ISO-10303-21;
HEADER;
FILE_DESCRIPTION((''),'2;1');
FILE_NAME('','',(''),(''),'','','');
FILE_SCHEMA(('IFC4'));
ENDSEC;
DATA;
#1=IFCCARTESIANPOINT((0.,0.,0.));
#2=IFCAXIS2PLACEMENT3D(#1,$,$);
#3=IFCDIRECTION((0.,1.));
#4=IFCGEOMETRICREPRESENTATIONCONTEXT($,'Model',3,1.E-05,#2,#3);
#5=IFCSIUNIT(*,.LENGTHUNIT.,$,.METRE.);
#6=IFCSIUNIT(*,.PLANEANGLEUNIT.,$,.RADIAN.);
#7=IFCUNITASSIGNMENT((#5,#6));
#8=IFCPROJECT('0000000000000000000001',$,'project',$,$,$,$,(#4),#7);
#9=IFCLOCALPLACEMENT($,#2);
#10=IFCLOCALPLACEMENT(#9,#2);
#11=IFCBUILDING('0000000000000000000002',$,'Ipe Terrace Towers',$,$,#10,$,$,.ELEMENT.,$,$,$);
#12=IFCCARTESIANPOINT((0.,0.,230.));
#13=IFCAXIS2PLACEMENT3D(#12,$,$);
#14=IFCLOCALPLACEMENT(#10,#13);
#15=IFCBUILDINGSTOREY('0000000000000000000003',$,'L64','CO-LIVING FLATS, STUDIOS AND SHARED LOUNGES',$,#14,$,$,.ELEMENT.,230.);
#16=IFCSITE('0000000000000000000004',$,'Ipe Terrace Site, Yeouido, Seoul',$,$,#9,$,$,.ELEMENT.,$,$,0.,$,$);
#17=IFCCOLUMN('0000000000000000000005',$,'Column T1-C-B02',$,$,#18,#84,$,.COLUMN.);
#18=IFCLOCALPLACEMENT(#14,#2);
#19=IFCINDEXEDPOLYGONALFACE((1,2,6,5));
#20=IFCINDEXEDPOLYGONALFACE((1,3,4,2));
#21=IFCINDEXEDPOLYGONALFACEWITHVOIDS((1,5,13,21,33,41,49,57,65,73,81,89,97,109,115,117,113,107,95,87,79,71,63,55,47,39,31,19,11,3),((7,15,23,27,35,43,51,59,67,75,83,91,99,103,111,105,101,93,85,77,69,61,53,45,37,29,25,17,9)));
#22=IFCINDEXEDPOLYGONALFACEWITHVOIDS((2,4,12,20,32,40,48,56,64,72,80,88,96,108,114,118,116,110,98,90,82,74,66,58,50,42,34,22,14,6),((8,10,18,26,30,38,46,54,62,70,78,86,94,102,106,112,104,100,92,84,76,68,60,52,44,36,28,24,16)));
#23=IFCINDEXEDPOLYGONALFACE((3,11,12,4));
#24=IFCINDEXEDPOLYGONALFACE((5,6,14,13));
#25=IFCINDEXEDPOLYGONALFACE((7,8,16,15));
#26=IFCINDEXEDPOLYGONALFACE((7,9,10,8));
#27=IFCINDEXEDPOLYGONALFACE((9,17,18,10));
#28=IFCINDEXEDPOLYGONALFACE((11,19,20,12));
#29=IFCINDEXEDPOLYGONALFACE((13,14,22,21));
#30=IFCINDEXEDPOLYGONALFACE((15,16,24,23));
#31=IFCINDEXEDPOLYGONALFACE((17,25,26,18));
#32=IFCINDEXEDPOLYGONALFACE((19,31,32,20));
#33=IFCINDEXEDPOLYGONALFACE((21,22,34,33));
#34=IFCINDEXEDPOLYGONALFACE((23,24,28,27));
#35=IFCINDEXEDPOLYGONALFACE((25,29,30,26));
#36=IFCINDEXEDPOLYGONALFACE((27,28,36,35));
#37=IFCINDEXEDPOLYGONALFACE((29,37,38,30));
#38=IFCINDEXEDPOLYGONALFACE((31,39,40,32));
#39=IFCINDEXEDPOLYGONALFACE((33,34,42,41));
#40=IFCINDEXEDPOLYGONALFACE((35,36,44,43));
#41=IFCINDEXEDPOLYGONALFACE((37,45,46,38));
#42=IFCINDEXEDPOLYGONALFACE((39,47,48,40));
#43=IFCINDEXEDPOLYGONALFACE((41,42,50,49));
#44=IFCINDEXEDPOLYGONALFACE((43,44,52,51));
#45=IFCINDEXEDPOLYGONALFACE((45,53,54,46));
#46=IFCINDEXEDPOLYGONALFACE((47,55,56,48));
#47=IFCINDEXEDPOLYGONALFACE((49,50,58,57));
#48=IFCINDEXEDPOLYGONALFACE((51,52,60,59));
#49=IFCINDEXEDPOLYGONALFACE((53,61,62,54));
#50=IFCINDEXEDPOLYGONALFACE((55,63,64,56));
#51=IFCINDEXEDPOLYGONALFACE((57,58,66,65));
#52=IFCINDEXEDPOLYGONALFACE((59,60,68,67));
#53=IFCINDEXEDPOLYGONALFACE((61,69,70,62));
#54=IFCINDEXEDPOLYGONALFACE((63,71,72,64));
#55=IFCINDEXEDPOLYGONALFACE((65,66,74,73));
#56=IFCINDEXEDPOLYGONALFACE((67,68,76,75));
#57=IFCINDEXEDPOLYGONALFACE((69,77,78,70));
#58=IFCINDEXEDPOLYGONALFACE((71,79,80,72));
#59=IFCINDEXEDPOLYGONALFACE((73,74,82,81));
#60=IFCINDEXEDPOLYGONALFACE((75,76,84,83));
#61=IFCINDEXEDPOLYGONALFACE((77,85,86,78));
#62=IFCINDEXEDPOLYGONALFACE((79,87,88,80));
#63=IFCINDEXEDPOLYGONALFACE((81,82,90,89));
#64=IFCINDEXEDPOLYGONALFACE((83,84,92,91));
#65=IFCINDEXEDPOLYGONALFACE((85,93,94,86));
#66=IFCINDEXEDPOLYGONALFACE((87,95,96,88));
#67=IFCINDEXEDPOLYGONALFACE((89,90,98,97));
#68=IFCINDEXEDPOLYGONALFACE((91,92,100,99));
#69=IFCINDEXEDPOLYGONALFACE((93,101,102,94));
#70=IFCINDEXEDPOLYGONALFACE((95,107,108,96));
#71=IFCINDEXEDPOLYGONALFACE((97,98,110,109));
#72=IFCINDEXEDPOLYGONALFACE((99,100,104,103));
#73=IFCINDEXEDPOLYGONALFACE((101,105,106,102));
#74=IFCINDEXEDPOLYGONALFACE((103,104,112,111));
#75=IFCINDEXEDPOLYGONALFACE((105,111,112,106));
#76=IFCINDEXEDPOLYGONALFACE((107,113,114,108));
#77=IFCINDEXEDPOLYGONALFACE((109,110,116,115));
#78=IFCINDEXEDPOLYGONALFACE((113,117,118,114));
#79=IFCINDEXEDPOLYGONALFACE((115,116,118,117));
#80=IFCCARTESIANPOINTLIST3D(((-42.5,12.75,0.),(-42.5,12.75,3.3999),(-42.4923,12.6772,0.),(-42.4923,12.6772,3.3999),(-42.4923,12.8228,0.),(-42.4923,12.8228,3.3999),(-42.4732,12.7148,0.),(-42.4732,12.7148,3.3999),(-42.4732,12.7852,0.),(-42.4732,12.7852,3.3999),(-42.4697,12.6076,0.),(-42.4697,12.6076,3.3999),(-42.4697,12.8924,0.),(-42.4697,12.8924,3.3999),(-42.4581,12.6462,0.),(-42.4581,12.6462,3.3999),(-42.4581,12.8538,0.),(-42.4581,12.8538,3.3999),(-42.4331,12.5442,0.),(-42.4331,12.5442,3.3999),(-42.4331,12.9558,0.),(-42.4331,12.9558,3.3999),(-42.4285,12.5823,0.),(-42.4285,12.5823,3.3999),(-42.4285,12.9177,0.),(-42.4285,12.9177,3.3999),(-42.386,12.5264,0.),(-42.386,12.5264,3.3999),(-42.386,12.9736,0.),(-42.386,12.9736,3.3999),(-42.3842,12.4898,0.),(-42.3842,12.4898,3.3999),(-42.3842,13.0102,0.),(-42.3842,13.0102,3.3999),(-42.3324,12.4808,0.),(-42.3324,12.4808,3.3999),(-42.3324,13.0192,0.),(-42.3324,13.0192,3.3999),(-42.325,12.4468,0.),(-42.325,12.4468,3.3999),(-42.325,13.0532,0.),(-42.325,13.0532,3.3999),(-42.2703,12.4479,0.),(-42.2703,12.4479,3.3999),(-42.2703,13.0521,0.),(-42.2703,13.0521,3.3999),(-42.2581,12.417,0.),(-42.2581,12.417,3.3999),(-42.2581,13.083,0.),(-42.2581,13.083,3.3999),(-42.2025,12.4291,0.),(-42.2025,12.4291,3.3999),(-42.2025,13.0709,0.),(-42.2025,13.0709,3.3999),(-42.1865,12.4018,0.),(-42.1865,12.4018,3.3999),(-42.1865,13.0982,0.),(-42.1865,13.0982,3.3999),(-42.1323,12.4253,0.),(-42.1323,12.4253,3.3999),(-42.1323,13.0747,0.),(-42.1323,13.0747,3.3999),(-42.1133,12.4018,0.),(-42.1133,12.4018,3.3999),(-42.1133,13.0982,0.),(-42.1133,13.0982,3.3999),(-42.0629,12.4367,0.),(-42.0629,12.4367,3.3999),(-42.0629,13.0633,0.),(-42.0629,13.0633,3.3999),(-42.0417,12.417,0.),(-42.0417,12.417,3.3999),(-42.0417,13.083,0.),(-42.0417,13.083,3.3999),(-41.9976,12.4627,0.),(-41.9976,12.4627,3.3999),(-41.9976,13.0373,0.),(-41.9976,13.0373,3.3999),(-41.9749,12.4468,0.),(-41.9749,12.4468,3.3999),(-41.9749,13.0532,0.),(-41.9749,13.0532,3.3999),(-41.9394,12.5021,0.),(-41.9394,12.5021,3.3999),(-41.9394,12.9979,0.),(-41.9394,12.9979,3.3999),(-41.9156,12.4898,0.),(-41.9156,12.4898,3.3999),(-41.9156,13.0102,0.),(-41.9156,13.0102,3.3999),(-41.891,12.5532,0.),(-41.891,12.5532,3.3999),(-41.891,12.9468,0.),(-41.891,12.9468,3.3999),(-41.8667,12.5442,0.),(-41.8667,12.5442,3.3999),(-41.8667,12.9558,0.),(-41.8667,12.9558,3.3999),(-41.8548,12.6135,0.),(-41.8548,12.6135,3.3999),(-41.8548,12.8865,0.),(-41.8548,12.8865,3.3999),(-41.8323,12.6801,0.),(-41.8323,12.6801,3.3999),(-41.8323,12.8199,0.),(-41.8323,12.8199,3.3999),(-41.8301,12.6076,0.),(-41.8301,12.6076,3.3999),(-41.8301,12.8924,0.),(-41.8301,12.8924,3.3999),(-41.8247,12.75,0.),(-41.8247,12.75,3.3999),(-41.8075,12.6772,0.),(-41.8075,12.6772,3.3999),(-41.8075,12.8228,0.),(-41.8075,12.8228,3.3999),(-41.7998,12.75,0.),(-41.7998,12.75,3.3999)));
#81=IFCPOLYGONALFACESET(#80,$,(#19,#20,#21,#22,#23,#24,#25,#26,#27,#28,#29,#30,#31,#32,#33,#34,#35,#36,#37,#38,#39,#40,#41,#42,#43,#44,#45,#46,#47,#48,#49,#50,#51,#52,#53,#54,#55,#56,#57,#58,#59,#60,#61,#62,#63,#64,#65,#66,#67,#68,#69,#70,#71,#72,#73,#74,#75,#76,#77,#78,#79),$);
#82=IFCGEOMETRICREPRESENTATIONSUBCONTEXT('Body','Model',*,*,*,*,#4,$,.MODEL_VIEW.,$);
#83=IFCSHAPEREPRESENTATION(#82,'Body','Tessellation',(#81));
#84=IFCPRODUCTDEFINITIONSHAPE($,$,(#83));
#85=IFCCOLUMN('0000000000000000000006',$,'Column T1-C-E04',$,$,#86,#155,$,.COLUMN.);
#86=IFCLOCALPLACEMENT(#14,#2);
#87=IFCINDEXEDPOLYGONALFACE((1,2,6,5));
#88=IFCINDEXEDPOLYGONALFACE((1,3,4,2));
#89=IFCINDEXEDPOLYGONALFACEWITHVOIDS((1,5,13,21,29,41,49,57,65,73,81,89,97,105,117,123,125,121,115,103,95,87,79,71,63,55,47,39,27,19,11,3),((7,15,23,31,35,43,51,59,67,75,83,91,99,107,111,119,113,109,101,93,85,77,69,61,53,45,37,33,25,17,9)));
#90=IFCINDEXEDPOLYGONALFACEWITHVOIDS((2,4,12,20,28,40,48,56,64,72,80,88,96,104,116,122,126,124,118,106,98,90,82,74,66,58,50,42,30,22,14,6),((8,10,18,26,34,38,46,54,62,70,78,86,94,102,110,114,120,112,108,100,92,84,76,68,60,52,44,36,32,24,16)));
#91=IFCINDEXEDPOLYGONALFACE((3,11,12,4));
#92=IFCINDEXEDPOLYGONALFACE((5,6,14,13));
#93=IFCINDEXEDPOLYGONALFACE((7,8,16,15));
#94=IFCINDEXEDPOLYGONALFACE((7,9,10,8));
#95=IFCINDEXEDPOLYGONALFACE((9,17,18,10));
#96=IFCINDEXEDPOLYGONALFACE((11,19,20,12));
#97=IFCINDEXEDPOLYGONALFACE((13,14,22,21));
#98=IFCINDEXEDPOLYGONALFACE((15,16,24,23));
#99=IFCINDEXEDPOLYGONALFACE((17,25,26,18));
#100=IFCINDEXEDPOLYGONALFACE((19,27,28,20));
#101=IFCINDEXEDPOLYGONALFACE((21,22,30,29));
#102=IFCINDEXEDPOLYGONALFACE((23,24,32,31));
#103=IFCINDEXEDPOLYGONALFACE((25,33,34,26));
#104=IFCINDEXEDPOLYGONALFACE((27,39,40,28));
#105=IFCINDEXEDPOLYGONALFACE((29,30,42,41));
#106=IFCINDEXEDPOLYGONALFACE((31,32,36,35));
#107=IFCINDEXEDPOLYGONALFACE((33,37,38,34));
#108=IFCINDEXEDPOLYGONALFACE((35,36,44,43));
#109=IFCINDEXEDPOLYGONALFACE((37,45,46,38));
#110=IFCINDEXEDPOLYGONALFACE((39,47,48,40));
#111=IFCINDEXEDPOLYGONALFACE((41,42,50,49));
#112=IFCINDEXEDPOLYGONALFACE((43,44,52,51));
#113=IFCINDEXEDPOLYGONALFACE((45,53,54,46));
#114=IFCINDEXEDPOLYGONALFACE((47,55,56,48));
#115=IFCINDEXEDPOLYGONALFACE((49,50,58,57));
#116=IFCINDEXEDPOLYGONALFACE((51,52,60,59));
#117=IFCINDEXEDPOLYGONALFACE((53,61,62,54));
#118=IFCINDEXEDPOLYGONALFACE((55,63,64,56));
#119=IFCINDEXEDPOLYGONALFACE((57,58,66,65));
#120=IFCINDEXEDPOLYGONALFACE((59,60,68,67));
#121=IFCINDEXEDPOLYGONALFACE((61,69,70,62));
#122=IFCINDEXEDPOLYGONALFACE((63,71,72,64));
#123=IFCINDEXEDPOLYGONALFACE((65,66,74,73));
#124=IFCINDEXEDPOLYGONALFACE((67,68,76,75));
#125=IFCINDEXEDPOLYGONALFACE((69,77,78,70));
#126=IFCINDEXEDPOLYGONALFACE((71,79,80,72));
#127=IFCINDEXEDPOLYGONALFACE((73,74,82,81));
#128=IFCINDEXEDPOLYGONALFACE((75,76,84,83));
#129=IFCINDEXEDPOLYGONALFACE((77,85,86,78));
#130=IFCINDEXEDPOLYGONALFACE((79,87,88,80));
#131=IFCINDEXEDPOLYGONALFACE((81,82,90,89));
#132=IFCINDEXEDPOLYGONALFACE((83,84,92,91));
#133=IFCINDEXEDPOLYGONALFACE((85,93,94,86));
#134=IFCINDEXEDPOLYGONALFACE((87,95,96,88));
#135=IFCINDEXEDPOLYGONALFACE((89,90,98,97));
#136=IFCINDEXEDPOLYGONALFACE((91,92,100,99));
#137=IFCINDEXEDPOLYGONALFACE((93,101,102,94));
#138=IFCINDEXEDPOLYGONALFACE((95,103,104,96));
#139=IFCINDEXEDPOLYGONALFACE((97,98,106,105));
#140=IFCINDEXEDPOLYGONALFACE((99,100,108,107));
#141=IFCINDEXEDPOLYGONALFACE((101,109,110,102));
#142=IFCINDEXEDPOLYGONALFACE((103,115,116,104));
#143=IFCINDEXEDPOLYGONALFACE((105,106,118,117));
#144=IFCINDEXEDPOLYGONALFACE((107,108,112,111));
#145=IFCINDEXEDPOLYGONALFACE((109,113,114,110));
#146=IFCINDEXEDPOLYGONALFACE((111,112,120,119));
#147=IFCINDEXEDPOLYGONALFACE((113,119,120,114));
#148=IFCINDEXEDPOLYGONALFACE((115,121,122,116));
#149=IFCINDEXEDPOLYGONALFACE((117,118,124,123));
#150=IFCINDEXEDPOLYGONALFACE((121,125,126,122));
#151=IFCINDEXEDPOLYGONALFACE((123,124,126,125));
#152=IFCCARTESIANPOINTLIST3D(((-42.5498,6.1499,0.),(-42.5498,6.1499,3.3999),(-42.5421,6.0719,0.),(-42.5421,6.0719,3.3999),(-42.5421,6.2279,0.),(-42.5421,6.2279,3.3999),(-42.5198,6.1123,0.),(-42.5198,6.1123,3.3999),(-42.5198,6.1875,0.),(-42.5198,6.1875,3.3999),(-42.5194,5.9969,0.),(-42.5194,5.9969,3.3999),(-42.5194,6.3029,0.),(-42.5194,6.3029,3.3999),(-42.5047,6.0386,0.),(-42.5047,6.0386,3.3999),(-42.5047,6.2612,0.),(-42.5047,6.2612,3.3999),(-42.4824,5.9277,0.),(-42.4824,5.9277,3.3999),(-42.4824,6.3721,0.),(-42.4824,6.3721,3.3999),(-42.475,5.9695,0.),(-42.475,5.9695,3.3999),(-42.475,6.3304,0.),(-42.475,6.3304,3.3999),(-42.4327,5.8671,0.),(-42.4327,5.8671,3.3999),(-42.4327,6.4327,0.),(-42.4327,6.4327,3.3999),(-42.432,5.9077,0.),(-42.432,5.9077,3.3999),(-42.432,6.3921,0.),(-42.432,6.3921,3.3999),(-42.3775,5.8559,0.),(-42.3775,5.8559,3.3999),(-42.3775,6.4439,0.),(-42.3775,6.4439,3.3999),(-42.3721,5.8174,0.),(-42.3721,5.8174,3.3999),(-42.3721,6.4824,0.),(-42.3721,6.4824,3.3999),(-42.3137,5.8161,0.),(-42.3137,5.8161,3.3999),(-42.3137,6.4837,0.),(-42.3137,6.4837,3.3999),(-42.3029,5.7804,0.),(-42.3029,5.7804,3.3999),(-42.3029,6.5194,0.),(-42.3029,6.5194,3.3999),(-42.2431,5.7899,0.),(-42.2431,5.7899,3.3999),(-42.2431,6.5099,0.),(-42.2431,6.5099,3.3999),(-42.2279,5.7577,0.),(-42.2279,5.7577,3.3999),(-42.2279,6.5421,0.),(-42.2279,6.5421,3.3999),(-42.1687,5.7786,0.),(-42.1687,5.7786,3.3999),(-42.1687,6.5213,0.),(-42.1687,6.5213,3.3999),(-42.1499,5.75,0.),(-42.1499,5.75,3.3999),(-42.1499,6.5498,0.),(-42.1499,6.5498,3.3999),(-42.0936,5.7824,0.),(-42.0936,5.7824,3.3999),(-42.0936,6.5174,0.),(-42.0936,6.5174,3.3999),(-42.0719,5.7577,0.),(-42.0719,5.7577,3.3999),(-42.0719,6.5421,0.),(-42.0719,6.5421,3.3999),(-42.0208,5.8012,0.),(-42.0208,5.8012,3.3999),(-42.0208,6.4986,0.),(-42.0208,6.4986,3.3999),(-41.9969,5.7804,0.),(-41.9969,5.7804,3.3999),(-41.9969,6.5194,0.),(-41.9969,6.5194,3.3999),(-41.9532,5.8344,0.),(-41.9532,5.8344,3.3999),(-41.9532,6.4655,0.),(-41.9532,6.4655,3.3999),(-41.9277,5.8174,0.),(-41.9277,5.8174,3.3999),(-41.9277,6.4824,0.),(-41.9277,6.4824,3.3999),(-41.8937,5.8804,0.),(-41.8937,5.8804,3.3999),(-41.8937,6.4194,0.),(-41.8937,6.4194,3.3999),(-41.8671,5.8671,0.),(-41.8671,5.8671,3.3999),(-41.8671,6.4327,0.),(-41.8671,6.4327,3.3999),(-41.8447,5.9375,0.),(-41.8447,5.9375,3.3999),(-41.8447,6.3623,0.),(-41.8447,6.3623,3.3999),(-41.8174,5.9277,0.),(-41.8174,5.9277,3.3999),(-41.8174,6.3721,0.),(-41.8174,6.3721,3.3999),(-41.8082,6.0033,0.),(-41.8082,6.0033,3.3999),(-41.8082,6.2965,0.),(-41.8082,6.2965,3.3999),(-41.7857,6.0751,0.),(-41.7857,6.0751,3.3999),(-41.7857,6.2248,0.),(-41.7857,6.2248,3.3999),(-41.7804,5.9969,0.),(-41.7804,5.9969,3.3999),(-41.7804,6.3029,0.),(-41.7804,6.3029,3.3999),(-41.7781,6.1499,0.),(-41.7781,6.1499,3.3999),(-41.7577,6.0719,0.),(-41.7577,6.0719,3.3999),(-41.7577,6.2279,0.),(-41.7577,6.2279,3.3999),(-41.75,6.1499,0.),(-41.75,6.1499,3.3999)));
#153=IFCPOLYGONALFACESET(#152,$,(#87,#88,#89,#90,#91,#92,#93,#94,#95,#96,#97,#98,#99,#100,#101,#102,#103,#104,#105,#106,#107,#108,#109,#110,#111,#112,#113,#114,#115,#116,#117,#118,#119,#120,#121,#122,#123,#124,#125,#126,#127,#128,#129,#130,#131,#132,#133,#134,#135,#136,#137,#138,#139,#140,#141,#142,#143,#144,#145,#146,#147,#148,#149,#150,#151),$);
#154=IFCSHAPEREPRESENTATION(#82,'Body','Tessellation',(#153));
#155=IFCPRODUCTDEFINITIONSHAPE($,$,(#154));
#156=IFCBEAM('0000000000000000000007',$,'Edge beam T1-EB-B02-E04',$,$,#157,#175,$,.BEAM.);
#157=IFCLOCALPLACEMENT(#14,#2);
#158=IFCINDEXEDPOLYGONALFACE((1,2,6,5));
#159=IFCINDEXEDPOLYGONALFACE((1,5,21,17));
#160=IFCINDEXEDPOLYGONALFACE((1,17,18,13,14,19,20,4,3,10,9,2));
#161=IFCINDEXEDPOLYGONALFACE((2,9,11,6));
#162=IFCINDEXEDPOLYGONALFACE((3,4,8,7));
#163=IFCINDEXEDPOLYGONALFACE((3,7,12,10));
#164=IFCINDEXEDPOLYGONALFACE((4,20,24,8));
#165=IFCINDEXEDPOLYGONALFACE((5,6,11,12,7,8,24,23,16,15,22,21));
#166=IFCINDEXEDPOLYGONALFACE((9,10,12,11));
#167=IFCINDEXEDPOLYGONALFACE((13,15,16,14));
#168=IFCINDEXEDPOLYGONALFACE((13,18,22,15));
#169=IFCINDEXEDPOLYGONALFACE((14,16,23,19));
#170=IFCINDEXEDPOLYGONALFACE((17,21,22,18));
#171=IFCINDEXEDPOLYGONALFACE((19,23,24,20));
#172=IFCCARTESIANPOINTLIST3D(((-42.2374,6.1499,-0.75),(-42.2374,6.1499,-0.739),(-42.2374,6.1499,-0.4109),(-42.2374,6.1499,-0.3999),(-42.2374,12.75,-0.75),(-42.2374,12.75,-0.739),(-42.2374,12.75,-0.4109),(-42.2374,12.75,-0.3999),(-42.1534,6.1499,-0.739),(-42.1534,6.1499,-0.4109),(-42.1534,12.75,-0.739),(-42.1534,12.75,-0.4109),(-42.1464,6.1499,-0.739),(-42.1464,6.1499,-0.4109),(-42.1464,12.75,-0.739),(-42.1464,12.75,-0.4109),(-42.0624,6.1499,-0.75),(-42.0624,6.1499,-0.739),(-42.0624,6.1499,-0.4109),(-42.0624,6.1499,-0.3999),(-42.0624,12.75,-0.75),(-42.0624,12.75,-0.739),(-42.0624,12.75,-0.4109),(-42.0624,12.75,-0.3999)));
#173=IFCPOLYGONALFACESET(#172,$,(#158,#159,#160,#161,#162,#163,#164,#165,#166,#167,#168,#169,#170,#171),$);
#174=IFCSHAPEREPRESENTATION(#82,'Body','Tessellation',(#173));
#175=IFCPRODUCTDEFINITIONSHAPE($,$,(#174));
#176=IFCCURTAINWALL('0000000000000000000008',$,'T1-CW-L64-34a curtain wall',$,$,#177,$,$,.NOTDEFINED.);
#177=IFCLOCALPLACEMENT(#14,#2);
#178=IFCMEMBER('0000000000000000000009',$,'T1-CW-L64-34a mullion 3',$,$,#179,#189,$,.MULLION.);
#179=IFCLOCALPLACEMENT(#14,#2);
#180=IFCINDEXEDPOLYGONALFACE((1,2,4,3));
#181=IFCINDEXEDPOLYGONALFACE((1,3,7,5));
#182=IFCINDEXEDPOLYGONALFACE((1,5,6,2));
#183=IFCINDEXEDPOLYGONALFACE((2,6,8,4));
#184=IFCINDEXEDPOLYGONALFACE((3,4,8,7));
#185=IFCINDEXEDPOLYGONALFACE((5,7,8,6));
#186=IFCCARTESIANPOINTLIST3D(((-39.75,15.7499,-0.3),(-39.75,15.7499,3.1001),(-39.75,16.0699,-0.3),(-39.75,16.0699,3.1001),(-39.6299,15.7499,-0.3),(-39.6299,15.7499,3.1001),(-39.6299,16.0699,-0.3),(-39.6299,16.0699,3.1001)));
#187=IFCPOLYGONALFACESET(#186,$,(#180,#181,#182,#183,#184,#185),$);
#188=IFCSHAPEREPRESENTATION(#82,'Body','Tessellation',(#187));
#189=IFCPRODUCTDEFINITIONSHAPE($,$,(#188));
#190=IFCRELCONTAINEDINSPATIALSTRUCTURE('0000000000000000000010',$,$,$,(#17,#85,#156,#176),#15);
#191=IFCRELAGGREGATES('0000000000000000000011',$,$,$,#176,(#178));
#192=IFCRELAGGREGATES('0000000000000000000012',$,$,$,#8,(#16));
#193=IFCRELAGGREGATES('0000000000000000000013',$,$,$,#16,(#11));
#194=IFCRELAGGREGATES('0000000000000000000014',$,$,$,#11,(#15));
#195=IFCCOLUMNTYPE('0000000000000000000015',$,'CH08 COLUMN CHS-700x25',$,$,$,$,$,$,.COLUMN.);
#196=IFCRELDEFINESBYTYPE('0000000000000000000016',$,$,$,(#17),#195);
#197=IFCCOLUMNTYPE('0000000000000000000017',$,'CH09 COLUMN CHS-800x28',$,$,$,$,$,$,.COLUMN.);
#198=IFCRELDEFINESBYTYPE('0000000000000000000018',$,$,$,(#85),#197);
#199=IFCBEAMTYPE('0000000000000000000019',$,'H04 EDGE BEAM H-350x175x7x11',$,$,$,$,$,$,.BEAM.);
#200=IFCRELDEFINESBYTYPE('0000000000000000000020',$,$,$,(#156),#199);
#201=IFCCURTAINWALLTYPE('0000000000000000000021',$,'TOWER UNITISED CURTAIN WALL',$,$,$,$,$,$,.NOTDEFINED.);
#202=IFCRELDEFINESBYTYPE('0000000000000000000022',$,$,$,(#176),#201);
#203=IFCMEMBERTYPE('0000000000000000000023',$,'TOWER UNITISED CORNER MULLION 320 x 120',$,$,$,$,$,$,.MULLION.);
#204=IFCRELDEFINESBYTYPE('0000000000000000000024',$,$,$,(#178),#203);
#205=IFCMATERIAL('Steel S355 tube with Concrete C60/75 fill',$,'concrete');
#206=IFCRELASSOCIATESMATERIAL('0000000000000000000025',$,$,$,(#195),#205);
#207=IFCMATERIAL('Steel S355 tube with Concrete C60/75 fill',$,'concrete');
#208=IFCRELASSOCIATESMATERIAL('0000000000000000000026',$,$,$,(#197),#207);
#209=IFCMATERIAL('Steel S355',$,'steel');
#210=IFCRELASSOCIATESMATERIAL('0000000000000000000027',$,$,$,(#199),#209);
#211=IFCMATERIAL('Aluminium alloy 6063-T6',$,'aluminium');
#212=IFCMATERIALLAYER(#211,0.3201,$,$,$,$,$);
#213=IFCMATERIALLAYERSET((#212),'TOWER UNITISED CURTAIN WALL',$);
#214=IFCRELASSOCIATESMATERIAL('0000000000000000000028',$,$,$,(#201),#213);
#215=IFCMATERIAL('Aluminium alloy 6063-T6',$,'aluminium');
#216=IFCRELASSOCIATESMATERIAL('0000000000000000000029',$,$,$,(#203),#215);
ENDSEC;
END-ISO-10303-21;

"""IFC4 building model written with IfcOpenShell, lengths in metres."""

from ifc_helpers import new_model, si_unit, direction, frame, origin, origin_2d, place, context, subcontext, project, spatial, rectangle, hollow_circle, i_section, extrude, material, layer, layer_set, material_profile, profile_set, type_object, element, aggregate, save


model = new_model("IFC4")

# Units and contexts
model_context = context("Model", 3, precision=1e-05, world=origin(), true_north=direction((0.0, 1.0)))
body_context = subcontext(model_context, "Body", "Model", "MODEL_VIEW")
ifc_project = project(units=[si_unit("LENGTHUNIT", "METRE"), si_unit("PLANEANGLEUNIT", "RADIAN")], contexts=[model_context])

# Site, building, storey
site_placement = place(None, origin())
site = spatial("IfcSite", under=ifc_project, at=site_placement, Name="Ipe Terrace Site, Yeouido, Seoul", CompositionType="ELEMENT", RefElevation=0.0)
building_placement = place(site_placement, origin())
building = spatial("IfcBuilding", under=site, at=building_placement, Name="Ipe Terrace Towers", CompositionType="ELEMENT")
storey_placement = place(building_placement, frame((0.0, 0.0, 230.0)))
storey = spatial("IfcBuildingStorey", under=building, at=storey_placement, Name="L64", Description="CO-LIVING FLATS, STUDIOS AND SHARED LOUNGES", CompositionType="ELEMENT", Elevation=230.0)

# Columns
ifc_material_1 = material(Name="Steel S355 tube with Concrete C60/75 fill", Category="concrete")
ifc_material_profile_1 = material_profile(ifc_material_1, hollow_circle(Radius=0.3501, WallThickness=0.0249, at=origin_2d()), Name="CHS-700x25")
ifc_profile_set_1 = profile_set([ifc_material_profile_1], Name="Steel S355 tube with Concrete C60/75 fill")
column_type_1 = type_object("IfcColumnType", Name="CH08 COLUMN CHS-700x25", PredefinedType="COLUMN", material=ifc_profile_set_1)
column_1_placement = place(storey_placement, frame((-42.1499, 12.75, 0.0), z_axis=(0.0, 0.0, 1.0), x_axis=(1.0, 0.0, 0.0)))
element("IfcColumn", 1, at=column_1_placement, inside=storey, type_object=column_type_1, Name="Column T1-C-B02", PredefinedType="COLUMN", context=body_context, shape_type="SweptSolid", body=[
    extrude(hollow_circle(Radius=0.3501, WallThickness=0.0249, at=origin_2d()), origin(), (0.0, 0.0, 1.0), 3.3999),
])
ifc_material_2 = material(Name="Steel S355 tube with Concrete C60/75 fill", Category="concrete")
ifc_material_profile_2 = material_profile(ifc_material_2, hollow_circle(Radius=0.3999, WallThickness=0.0281, at=origin_2d()), Name="CHS-800x28")
ifc_profile_set_2 = profile_set([ifc_material_profile_2], Name="Steel S355 tube with Concrete C60/75 fill")
column_type_2 = type_object("IfcColumnType", Name="CH09 COLUMN CHS-800x28", PredefinedType="COLUMN", material=ifc_profile_set_2)
column_2_placement = place(storey_placement, frame((-42.1499, 6.1499, 0.0), z_axis=(0.0, 0.0, 1.0), x_axis=(1.0, 0.0, 0.0)))
element("IfcColumn", 2, at=column_2_placement, inside=storey, type_object=column_type_2, Name="Column T1-C-E04", PredefinedType="COLUMN", context=body_context, shape_type="SweptSolid", body=[
    extrude(hollow_circle(Radius=0.3999, WallThickness=0.0281, at=origin_2d()), origin(), (0.0, 0.0, 1.0), 3.3999),
])

# Beam
ifc_material_3 = material(Name="Steel S355", Category="steel")
ifc_material_profile_3 = material_profile(ifc_material_3, i_section(OverallWidth=0.175, OverallDepth=0.3501, WebThickness=0.0071, FlangeThickness=0.011, at=origin_2d()), Name="H-350x175x7x11")
ifc_profile_set_3 = profile_set([ifc_material_profile_3], Name="Steel S355")
beam_type = type_object("IfcBeamType", Name="H04 EDGE BEAM H-350x175x7x11", PredefinedType="BEAM", material=ifc_profile_set_3)
beam_placement = place(storey_placement, frame((-42.1499, 12.75, -0.575), z_axis=(0.0, -1.0, 0.0), x_axis=(1.0, 0.0, 0.0)))
element("IfcBeam", 3, at=beam_placement, inside=storey, type_object=beam_type, Name="Edge beam T1-EB-B02-E04", PredefinedType="BEAM", context=body_context, shape_type="SweptSolid", body=[
    extrude(i_section(OverallWidth=0.175, OverallDepth=0.3501, WebThickness=0.0071, FlangeThickness=0.011, at=origin_2d()), origin(), (0.0, 0.0, 1.0), 6.6001),
])

# Curtain wall, member
ifc_material_4 = material(Name="Aluminium alloy 6063-T6", Category="aluminium")
ifc_layer_1 = layer(ifc_material_4, 0.3201)
ifc_layer_set_1 = layer_set([ifc_layer_1], Name="TOWER UNITISED CURTAIN WALL")
curtain_wall_type = type_object("IfcCurtainWallType", Name="TOWER UNITISED CURTAIN WALL", PredefinedType="NOTDEFINED", material=ifc_layer_set_1)
curtain_wall_placement = place(storey_placement, origin())
curtain_wall = element("IfcCurtainWall", 4, at=curtain_wall_placement, inside=storey, type_object=curtain_wall_type, Name="T1-CW-L64-34a curtain wall", PredefinedType="NOTDEFINED")
ifc_material_5 = material(Name="Aluminium alloy 6063-T6", Category="aluminium")
ifc_material_profile_4 = material_profile(ifc_material_5, rectangle(XDim=0.3201, YDim=0.1201, at=origin_2d()), Name="TOWER UNITISED CORNER MULLION 320 x 120")
ifc_profile_set_4 = profile_set([ifc_material_profile_4], Name="Aluminium alloy 6063-T6")
member_type_1 = type_object("IfcMemberType", Name="TOWER UNITISED CORNER MULLION 320 x 120", PredefinedType="MULLION", material=ifc_profile_set_4)
member_1_placement = place(storey_placement, frame((-39.6899, 15.9099, -0.3), z_axis=(0.0, 0.0, 1.0), x_axis=(0.0, 1.0, 0.0)))
member_1 = element("IfcMember", 5, at=member_1_placement, type_object=member_type_1, Name="T1-CW-L64-34a mullion 3", PredefinedType="MULLION", context=body_context, shape_type="SweptSolid", body=[
    extrude(rectangle(XDim=0.3201, YDim=0.1201, at=origin_2d()), origin(), (0.0, 0.0, 1.0), 3.4001),
])
aggregate(curtain_wall, [member_1])

save(model, "model.ifc")
